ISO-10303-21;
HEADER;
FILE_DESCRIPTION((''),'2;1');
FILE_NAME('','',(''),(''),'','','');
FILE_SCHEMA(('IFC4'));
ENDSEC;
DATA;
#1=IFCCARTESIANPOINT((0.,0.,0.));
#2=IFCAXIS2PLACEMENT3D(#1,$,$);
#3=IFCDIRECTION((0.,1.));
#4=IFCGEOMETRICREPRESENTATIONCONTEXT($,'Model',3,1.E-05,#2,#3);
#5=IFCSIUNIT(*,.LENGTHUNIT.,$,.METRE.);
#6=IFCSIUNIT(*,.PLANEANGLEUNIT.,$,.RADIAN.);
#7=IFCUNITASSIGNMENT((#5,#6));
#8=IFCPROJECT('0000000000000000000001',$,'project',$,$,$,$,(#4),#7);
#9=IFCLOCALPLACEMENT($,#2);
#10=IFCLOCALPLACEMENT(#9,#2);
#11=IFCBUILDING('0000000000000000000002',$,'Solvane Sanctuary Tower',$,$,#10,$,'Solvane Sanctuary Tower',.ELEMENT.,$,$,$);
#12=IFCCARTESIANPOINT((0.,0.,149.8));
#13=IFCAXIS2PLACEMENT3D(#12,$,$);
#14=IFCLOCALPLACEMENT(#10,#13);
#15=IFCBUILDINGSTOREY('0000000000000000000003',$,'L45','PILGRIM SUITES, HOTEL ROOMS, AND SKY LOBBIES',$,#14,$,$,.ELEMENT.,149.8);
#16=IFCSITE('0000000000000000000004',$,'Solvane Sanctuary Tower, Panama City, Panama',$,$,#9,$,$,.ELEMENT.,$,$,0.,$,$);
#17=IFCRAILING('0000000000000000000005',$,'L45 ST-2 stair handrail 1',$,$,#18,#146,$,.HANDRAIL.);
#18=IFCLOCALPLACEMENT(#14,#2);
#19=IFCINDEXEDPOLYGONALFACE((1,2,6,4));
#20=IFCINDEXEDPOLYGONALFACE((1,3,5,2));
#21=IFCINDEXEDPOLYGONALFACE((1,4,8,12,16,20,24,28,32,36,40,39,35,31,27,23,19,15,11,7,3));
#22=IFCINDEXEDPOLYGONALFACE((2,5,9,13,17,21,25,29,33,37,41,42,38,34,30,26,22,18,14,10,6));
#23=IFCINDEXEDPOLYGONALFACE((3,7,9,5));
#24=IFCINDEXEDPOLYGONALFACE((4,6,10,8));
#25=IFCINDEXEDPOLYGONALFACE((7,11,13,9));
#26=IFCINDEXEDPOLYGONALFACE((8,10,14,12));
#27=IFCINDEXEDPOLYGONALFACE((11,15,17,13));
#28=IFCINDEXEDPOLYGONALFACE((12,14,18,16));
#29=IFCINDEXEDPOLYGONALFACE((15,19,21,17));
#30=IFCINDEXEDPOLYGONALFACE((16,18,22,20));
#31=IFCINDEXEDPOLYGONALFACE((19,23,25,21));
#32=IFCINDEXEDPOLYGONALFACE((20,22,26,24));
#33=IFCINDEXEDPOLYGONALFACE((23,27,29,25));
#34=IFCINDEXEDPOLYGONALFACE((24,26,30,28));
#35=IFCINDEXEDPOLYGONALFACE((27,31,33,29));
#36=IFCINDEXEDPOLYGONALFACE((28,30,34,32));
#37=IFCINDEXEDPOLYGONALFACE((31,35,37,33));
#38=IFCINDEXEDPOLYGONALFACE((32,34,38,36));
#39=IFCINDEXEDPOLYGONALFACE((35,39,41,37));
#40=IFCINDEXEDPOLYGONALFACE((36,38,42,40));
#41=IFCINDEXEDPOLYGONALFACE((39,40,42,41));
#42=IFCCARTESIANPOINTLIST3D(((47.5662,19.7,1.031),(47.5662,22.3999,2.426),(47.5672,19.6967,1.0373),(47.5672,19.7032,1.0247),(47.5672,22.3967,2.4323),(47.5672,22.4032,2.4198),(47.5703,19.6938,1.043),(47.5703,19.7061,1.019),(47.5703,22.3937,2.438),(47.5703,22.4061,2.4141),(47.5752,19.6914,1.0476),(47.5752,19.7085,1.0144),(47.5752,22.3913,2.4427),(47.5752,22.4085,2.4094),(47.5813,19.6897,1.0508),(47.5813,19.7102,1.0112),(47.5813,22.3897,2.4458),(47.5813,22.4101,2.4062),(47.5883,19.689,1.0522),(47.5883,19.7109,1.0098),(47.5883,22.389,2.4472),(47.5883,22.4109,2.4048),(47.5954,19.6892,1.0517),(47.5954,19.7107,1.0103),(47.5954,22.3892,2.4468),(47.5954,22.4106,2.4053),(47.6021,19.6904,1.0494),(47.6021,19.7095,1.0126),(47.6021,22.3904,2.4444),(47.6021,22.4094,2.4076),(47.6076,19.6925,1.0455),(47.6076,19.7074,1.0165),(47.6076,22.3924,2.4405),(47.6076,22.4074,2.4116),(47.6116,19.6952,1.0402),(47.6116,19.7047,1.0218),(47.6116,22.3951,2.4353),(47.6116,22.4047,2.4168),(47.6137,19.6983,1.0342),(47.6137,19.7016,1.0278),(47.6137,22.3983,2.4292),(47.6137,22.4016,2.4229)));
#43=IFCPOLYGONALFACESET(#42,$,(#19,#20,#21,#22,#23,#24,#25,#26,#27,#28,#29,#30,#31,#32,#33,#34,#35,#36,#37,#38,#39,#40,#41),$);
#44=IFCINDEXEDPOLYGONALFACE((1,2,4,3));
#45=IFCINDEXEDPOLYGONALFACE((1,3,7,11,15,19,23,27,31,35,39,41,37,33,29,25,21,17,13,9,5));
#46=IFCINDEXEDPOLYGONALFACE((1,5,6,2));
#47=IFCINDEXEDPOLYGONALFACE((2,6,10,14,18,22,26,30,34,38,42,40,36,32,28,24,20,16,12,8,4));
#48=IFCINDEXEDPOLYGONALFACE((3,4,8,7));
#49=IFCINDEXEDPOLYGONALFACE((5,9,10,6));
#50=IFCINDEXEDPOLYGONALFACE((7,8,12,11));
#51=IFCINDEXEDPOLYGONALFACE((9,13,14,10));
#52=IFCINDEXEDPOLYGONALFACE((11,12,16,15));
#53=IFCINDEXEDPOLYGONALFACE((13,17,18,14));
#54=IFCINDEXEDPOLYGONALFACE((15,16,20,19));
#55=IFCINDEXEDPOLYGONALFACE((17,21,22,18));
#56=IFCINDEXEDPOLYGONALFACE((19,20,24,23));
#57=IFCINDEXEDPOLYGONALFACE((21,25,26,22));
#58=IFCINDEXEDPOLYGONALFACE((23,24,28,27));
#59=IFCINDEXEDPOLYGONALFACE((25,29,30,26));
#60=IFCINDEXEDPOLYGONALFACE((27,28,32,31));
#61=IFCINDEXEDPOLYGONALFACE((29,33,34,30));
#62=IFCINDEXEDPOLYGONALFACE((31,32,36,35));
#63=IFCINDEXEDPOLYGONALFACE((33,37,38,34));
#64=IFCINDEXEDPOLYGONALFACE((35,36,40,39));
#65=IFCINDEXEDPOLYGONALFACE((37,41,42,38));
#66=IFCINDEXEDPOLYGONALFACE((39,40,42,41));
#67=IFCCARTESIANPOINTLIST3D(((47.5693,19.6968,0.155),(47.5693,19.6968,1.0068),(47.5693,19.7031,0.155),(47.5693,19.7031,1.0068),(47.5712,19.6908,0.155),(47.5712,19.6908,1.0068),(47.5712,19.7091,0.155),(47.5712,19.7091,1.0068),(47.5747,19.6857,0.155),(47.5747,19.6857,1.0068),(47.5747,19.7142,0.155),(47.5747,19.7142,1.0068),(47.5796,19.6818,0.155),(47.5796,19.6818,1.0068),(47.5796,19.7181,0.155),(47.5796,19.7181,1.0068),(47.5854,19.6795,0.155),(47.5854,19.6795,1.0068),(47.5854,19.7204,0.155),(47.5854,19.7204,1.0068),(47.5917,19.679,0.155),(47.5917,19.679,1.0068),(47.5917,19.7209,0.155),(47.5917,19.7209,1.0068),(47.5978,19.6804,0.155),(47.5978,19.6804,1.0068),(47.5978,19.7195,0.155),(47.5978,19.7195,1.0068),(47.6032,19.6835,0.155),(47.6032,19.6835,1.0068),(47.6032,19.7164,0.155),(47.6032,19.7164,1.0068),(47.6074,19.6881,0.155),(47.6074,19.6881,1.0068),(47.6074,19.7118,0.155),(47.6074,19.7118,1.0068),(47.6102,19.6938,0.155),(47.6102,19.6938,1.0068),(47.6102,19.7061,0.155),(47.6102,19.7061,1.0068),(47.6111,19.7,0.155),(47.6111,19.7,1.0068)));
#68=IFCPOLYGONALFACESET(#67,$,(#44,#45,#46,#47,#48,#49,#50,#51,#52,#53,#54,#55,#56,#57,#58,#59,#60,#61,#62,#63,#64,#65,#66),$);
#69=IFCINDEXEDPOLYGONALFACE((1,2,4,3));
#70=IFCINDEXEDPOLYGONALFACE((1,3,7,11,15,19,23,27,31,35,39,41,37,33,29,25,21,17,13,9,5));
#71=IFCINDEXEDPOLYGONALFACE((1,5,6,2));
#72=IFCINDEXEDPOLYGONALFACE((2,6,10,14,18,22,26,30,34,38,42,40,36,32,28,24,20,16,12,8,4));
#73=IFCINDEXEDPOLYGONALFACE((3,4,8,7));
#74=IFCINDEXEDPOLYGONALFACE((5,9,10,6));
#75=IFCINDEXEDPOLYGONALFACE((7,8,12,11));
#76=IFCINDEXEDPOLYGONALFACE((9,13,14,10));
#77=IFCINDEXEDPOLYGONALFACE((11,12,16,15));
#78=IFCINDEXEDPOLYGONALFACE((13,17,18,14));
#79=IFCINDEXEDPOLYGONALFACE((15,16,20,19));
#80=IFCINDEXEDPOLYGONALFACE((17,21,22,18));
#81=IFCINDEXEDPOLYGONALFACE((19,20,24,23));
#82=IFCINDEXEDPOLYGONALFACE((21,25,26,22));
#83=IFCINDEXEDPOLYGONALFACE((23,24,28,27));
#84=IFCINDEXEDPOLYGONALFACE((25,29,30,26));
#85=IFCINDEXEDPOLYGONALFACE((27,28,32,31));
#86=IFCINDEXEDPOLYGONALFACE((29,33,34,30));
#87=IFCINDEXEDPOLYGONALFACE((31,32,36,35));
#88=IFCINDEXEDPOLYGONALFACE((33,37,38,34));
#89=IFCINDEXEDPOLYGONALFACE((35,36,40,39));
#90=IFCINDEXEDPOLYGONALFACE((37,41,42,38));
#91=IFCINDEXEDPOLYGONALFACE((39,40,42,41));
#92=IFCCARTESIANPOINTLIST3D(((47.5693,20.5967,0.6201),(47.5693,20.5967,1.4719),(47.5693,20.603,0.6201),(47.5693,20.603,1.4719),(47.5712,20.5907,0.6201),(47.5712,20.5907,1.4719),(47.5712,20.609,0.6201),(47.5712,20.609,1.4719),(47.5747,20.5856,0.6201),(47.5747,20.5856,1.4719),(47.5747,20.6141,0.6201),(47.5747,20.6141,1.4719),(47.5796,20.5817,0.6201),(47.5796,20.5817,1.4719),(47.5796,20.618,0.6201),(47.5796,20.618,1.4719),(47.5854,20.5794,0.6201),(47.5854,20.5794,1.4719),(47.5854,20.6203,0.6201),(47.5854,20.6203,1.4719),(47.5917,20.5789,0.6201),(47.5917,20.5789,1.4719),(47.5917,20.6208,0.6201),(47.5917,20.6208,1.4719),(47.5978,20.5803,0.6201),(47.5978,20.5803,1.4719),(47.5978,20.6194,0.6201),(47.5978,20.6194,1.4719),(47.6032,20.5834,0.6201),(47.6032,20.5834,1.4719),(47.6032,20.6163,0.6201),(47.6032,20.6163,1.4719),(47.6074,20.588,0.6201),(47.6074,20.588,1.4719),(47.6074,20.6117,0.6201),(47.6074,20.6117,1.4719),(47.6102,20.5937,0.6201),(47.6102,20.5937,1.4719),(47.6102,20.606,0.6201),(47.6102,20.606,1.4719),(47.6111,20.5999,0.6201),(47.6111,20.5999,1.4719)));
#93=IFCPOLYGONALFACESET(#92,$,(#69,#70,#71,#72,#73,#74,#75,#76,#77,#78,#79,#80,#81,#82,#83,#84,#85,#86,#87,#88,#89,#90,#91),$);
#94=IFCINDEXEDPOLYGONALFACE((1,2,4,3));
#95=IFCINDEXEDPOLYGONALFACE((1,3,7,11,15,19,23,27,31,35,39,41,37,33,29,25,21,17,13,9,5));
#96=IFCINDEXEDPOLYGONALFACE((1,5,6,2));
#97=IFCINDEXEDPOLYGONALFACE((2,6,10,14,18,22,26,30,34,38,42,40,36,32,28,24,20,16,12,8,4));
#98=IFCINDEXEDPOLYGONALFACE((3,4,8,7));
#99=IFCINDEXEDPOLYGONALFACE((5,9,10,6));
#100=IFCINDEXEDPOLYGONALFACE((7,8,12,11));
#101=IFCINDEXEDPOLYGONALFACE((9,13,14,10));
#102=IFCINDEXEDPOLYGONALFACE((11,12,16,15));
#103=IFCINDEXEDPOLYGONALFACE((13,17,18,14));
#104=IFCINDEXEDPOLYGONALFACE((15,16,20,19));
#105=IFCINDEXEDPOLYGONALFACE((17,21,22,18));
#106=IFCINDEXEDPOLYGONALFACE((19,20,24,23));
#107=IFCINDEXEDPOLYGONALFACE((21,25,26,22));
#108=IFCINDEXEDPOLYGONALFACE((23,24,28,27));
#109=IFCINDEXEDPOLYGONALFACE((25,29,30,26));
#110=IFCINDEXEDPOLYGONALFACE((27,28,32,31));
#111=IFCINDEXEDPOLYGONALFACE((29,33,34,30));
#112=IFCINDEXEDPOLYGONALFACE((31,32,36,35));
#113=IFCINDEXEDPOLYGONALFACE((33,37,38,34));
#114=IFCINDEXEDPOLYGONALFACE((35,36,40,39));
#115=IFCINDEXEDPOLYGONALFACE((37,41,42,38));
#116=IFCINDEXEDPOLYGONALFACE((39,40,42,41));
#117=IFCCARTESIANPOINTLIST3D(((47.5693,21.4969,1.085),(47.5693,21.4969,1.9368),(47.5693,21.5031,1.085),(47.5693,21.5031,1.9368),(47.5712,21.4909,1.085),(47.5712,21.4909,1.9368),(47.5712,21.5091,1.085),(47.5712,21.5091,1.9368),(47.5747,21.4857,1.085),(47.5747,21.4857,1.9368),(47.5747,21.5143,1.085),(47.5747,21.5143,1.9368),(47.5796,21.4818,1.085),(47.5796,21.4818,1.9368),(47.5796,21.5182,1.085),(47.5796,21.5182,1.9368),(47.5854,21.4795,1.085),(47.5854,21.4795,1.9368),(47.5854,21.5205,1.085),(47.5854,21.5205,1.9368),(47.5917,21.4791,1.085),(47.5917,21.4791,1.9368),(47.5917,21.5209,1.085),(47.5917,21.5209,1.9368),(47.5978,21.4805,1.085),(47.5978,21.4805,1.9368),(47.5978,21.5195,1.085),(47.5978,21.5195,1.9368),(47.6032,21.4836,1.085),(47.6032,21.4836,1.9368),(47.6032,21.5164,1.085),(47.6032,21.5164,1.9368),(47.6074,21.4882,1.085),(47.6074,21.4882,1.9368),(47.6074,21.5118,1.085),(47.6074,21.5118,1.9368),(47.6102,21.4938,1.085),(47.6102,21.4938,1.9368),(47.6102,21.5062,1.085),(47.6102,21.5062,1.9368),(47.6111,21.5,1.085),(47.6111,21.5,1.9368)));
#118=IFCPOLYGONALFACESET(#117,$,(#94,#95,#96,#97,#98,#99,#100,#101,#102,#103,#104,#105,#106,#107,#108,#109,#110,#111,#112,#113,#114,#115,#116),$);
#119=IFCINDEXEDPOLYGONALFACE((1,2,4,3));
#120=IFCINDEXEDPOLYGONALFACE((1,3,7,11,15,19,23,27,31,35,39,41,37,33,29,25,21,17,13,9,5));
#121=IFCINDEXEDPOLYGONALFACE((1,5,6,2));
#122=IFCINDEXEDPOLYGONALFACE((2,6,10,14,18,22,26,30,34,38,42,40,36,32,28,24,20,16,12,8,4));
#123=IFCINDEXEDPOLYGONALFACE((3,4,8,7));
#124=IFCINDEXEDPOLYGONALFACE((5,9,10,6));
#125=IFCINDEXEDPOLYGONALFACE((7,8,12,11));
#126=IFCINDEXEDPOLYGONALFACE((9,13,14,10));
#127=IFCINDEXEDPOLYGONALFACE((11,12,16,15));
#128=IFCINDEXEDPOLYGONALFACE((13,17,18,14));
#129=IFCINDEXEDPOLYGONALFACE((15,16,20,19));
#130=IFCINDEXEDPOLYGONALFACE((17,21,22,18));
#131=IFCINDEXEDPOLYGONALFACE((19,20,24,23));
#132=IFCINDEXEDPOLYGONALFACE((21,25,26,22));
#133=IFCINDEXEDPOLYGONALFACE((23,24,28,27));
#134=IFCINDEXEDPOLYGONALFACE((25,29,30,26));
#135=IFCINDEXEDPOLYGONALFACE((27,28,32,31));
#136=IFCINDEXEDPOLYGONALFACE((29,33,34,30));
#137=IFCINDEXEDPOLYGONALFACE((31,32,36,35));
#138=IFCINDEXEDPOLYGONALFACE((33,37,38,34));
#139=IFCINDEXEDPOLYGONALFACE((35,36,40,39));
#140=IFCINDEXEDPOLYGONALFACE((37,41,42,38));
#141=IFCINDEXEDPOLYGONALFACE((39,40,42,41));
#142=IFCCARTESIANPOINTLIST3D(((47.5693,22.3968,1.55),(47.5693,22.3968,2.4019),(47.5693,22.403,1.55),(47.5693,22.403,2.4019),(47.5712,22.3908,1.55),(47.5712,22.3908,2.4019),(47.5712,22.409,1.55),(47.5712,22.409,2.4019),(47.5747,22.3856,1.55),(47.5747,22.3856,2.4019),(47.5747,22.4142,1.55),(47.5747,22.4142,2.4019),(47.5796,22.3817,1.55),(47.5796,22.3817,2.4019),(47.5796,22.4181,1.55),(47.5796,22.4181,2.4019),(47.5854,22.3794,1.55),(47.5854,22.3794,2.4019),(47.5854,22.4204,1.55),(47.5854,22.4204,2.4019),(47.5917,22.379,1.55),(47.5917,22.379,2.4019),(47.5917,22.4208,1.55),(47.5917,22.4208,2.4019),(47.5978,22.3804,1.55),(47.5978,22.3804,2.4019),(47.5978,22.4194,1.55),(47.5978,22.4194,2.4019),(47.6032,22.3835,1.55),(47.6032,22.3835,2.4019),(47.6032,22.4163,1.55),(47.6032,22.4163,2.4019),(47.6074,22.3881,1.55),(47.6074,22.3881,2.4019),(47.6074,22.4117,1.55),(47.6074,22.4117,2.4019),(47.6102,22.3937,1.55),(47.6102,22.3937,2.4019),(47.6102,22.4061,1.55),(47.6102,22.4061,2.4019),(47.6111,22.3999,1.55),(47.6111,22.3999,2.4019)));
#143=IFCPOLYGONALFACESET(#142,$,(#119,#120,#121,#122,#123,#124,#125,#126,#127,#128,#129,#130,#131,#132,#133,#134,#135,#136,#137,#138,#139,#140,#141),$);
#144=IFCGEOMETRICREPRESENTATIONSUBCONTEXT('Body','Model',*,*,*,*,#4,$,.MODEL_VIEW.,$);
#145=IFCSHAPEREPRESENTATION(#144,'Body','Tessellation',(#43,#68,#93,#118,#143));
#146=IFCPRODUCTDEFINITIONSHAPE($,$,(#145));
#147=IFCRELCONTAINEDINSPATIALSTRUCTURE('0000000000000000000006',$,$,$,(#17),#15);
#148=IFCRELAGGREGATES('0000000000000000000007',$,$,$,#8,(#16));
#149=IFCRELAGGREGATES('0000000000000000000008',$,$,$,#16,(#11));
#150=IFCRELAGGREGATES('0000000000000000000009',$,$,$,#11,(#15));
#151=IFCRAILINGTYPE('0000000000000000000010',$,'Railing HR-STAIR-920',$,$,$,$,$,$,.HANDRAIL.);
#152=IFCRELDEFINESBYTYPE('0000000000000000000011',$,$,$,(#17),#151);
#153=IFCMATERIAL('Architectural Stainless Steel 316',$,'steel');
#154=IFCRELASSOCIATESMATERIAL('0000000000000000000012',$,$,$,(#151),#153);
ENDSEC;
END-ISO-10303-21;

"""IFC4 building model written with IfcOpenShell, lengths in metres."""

from ifc_helpers import new_model, si_unit, direction, frame, origin, origin_2d, place, context, subcontext, project, spatial, circle, extrude, material, type_object, element, save


model = new_model("IFC4")

# Units and contexts
model_context = context("Model", 3, precision=1e-05, world=origin(), true_north=direction((0.0, 1.0)))
body_context = subcontext(model_context, "Body", "Model", "MODEL_VIEW")
ifc_project = project(units=[si_unit("LENGTHUNIT", "METRE"), si_unit("PLANEANGLEUNIT", "RADIAN")], contexts=[model_context])

# Site, building, storey
site_placement = place(None, origin())
site = spatial("IfcSite", under=ifc_project, at=site_placement, Name="Solvane Sanctuary Tower, Panama City, Panama", CompositionType="ELEMENT", RefElevation=0.0)
building_placement = place(site_placement, origin())
building = spatial("IfcBuilding", under=site, at=building_placement, Name="Solvane Sanctuary Tower", LongName="Solvane Sanctuary Tower", CompositionType="ELEMENT")
storey_placement = place(building_placement, frame((0.0, 0.0, 149.8)))
storey = spatial("IfcBuildingStorey", under=building, at=storey_placement, Name="L45", Description="PILGRIM SUITES, HOTEL ROOMS, AND SKY LOBBIES", CompositionType="ELEMENT", Elevation=149.8)

# Shared definitions
ifc_material_1 = material(Name="Architectural Stainless Steel 316", Category="steel")

# Railing
railing_type_1 = type_object("IfcRailingType", Name="Railing HR-STAIR-920", PredefinedType="HANDRAIL", material=ifc_material_1)
railing_1_placement = place(storey_placement, frame((47.5901, 19.7, 0.155)))
element("IfcRailing", 1, at=railing_1_placement, inside=storey, type_object=railing_type_1, Name="L45 ST-2 stair handrail 1", PredefinedType="HANDRAIL", context=body_context, shape_type="SweptSolid", body=[
    extrude(circle(Radius=0.0239, at=origin_2d()), frame((0.0, 0.0, 0.876), z_axis=(0.0, 0.88842, 0.459032), x_axis=(-1.0, 0.0, 0.0)), (0.0, 0.0, 1.0), 3.0391),
    extrude(circle(Radius=0.021, at=origin_2d()), origin(), (0.0, 0.0, 1.0), 0.8518),
    extrude(circle(Radius=0.021, at=origin_2d()), frame((0.0, 0.8999, 0.4651)), (0.0, 0.0, 1.0), 0.8518),
    extrude(circle(Radius=0.021, at=origin_2d()), frame((0.0, 1.8, 0.9299)), (0.0, 0.0, 1.0), 0.8518),
    extrude(circle(Radius=0.021, at=origin_2d()), frame((0.0, 2.7, 1.395)), (0.0, 0.0, 1.0), 0.8518),
])

save(model, "model.ifc")
